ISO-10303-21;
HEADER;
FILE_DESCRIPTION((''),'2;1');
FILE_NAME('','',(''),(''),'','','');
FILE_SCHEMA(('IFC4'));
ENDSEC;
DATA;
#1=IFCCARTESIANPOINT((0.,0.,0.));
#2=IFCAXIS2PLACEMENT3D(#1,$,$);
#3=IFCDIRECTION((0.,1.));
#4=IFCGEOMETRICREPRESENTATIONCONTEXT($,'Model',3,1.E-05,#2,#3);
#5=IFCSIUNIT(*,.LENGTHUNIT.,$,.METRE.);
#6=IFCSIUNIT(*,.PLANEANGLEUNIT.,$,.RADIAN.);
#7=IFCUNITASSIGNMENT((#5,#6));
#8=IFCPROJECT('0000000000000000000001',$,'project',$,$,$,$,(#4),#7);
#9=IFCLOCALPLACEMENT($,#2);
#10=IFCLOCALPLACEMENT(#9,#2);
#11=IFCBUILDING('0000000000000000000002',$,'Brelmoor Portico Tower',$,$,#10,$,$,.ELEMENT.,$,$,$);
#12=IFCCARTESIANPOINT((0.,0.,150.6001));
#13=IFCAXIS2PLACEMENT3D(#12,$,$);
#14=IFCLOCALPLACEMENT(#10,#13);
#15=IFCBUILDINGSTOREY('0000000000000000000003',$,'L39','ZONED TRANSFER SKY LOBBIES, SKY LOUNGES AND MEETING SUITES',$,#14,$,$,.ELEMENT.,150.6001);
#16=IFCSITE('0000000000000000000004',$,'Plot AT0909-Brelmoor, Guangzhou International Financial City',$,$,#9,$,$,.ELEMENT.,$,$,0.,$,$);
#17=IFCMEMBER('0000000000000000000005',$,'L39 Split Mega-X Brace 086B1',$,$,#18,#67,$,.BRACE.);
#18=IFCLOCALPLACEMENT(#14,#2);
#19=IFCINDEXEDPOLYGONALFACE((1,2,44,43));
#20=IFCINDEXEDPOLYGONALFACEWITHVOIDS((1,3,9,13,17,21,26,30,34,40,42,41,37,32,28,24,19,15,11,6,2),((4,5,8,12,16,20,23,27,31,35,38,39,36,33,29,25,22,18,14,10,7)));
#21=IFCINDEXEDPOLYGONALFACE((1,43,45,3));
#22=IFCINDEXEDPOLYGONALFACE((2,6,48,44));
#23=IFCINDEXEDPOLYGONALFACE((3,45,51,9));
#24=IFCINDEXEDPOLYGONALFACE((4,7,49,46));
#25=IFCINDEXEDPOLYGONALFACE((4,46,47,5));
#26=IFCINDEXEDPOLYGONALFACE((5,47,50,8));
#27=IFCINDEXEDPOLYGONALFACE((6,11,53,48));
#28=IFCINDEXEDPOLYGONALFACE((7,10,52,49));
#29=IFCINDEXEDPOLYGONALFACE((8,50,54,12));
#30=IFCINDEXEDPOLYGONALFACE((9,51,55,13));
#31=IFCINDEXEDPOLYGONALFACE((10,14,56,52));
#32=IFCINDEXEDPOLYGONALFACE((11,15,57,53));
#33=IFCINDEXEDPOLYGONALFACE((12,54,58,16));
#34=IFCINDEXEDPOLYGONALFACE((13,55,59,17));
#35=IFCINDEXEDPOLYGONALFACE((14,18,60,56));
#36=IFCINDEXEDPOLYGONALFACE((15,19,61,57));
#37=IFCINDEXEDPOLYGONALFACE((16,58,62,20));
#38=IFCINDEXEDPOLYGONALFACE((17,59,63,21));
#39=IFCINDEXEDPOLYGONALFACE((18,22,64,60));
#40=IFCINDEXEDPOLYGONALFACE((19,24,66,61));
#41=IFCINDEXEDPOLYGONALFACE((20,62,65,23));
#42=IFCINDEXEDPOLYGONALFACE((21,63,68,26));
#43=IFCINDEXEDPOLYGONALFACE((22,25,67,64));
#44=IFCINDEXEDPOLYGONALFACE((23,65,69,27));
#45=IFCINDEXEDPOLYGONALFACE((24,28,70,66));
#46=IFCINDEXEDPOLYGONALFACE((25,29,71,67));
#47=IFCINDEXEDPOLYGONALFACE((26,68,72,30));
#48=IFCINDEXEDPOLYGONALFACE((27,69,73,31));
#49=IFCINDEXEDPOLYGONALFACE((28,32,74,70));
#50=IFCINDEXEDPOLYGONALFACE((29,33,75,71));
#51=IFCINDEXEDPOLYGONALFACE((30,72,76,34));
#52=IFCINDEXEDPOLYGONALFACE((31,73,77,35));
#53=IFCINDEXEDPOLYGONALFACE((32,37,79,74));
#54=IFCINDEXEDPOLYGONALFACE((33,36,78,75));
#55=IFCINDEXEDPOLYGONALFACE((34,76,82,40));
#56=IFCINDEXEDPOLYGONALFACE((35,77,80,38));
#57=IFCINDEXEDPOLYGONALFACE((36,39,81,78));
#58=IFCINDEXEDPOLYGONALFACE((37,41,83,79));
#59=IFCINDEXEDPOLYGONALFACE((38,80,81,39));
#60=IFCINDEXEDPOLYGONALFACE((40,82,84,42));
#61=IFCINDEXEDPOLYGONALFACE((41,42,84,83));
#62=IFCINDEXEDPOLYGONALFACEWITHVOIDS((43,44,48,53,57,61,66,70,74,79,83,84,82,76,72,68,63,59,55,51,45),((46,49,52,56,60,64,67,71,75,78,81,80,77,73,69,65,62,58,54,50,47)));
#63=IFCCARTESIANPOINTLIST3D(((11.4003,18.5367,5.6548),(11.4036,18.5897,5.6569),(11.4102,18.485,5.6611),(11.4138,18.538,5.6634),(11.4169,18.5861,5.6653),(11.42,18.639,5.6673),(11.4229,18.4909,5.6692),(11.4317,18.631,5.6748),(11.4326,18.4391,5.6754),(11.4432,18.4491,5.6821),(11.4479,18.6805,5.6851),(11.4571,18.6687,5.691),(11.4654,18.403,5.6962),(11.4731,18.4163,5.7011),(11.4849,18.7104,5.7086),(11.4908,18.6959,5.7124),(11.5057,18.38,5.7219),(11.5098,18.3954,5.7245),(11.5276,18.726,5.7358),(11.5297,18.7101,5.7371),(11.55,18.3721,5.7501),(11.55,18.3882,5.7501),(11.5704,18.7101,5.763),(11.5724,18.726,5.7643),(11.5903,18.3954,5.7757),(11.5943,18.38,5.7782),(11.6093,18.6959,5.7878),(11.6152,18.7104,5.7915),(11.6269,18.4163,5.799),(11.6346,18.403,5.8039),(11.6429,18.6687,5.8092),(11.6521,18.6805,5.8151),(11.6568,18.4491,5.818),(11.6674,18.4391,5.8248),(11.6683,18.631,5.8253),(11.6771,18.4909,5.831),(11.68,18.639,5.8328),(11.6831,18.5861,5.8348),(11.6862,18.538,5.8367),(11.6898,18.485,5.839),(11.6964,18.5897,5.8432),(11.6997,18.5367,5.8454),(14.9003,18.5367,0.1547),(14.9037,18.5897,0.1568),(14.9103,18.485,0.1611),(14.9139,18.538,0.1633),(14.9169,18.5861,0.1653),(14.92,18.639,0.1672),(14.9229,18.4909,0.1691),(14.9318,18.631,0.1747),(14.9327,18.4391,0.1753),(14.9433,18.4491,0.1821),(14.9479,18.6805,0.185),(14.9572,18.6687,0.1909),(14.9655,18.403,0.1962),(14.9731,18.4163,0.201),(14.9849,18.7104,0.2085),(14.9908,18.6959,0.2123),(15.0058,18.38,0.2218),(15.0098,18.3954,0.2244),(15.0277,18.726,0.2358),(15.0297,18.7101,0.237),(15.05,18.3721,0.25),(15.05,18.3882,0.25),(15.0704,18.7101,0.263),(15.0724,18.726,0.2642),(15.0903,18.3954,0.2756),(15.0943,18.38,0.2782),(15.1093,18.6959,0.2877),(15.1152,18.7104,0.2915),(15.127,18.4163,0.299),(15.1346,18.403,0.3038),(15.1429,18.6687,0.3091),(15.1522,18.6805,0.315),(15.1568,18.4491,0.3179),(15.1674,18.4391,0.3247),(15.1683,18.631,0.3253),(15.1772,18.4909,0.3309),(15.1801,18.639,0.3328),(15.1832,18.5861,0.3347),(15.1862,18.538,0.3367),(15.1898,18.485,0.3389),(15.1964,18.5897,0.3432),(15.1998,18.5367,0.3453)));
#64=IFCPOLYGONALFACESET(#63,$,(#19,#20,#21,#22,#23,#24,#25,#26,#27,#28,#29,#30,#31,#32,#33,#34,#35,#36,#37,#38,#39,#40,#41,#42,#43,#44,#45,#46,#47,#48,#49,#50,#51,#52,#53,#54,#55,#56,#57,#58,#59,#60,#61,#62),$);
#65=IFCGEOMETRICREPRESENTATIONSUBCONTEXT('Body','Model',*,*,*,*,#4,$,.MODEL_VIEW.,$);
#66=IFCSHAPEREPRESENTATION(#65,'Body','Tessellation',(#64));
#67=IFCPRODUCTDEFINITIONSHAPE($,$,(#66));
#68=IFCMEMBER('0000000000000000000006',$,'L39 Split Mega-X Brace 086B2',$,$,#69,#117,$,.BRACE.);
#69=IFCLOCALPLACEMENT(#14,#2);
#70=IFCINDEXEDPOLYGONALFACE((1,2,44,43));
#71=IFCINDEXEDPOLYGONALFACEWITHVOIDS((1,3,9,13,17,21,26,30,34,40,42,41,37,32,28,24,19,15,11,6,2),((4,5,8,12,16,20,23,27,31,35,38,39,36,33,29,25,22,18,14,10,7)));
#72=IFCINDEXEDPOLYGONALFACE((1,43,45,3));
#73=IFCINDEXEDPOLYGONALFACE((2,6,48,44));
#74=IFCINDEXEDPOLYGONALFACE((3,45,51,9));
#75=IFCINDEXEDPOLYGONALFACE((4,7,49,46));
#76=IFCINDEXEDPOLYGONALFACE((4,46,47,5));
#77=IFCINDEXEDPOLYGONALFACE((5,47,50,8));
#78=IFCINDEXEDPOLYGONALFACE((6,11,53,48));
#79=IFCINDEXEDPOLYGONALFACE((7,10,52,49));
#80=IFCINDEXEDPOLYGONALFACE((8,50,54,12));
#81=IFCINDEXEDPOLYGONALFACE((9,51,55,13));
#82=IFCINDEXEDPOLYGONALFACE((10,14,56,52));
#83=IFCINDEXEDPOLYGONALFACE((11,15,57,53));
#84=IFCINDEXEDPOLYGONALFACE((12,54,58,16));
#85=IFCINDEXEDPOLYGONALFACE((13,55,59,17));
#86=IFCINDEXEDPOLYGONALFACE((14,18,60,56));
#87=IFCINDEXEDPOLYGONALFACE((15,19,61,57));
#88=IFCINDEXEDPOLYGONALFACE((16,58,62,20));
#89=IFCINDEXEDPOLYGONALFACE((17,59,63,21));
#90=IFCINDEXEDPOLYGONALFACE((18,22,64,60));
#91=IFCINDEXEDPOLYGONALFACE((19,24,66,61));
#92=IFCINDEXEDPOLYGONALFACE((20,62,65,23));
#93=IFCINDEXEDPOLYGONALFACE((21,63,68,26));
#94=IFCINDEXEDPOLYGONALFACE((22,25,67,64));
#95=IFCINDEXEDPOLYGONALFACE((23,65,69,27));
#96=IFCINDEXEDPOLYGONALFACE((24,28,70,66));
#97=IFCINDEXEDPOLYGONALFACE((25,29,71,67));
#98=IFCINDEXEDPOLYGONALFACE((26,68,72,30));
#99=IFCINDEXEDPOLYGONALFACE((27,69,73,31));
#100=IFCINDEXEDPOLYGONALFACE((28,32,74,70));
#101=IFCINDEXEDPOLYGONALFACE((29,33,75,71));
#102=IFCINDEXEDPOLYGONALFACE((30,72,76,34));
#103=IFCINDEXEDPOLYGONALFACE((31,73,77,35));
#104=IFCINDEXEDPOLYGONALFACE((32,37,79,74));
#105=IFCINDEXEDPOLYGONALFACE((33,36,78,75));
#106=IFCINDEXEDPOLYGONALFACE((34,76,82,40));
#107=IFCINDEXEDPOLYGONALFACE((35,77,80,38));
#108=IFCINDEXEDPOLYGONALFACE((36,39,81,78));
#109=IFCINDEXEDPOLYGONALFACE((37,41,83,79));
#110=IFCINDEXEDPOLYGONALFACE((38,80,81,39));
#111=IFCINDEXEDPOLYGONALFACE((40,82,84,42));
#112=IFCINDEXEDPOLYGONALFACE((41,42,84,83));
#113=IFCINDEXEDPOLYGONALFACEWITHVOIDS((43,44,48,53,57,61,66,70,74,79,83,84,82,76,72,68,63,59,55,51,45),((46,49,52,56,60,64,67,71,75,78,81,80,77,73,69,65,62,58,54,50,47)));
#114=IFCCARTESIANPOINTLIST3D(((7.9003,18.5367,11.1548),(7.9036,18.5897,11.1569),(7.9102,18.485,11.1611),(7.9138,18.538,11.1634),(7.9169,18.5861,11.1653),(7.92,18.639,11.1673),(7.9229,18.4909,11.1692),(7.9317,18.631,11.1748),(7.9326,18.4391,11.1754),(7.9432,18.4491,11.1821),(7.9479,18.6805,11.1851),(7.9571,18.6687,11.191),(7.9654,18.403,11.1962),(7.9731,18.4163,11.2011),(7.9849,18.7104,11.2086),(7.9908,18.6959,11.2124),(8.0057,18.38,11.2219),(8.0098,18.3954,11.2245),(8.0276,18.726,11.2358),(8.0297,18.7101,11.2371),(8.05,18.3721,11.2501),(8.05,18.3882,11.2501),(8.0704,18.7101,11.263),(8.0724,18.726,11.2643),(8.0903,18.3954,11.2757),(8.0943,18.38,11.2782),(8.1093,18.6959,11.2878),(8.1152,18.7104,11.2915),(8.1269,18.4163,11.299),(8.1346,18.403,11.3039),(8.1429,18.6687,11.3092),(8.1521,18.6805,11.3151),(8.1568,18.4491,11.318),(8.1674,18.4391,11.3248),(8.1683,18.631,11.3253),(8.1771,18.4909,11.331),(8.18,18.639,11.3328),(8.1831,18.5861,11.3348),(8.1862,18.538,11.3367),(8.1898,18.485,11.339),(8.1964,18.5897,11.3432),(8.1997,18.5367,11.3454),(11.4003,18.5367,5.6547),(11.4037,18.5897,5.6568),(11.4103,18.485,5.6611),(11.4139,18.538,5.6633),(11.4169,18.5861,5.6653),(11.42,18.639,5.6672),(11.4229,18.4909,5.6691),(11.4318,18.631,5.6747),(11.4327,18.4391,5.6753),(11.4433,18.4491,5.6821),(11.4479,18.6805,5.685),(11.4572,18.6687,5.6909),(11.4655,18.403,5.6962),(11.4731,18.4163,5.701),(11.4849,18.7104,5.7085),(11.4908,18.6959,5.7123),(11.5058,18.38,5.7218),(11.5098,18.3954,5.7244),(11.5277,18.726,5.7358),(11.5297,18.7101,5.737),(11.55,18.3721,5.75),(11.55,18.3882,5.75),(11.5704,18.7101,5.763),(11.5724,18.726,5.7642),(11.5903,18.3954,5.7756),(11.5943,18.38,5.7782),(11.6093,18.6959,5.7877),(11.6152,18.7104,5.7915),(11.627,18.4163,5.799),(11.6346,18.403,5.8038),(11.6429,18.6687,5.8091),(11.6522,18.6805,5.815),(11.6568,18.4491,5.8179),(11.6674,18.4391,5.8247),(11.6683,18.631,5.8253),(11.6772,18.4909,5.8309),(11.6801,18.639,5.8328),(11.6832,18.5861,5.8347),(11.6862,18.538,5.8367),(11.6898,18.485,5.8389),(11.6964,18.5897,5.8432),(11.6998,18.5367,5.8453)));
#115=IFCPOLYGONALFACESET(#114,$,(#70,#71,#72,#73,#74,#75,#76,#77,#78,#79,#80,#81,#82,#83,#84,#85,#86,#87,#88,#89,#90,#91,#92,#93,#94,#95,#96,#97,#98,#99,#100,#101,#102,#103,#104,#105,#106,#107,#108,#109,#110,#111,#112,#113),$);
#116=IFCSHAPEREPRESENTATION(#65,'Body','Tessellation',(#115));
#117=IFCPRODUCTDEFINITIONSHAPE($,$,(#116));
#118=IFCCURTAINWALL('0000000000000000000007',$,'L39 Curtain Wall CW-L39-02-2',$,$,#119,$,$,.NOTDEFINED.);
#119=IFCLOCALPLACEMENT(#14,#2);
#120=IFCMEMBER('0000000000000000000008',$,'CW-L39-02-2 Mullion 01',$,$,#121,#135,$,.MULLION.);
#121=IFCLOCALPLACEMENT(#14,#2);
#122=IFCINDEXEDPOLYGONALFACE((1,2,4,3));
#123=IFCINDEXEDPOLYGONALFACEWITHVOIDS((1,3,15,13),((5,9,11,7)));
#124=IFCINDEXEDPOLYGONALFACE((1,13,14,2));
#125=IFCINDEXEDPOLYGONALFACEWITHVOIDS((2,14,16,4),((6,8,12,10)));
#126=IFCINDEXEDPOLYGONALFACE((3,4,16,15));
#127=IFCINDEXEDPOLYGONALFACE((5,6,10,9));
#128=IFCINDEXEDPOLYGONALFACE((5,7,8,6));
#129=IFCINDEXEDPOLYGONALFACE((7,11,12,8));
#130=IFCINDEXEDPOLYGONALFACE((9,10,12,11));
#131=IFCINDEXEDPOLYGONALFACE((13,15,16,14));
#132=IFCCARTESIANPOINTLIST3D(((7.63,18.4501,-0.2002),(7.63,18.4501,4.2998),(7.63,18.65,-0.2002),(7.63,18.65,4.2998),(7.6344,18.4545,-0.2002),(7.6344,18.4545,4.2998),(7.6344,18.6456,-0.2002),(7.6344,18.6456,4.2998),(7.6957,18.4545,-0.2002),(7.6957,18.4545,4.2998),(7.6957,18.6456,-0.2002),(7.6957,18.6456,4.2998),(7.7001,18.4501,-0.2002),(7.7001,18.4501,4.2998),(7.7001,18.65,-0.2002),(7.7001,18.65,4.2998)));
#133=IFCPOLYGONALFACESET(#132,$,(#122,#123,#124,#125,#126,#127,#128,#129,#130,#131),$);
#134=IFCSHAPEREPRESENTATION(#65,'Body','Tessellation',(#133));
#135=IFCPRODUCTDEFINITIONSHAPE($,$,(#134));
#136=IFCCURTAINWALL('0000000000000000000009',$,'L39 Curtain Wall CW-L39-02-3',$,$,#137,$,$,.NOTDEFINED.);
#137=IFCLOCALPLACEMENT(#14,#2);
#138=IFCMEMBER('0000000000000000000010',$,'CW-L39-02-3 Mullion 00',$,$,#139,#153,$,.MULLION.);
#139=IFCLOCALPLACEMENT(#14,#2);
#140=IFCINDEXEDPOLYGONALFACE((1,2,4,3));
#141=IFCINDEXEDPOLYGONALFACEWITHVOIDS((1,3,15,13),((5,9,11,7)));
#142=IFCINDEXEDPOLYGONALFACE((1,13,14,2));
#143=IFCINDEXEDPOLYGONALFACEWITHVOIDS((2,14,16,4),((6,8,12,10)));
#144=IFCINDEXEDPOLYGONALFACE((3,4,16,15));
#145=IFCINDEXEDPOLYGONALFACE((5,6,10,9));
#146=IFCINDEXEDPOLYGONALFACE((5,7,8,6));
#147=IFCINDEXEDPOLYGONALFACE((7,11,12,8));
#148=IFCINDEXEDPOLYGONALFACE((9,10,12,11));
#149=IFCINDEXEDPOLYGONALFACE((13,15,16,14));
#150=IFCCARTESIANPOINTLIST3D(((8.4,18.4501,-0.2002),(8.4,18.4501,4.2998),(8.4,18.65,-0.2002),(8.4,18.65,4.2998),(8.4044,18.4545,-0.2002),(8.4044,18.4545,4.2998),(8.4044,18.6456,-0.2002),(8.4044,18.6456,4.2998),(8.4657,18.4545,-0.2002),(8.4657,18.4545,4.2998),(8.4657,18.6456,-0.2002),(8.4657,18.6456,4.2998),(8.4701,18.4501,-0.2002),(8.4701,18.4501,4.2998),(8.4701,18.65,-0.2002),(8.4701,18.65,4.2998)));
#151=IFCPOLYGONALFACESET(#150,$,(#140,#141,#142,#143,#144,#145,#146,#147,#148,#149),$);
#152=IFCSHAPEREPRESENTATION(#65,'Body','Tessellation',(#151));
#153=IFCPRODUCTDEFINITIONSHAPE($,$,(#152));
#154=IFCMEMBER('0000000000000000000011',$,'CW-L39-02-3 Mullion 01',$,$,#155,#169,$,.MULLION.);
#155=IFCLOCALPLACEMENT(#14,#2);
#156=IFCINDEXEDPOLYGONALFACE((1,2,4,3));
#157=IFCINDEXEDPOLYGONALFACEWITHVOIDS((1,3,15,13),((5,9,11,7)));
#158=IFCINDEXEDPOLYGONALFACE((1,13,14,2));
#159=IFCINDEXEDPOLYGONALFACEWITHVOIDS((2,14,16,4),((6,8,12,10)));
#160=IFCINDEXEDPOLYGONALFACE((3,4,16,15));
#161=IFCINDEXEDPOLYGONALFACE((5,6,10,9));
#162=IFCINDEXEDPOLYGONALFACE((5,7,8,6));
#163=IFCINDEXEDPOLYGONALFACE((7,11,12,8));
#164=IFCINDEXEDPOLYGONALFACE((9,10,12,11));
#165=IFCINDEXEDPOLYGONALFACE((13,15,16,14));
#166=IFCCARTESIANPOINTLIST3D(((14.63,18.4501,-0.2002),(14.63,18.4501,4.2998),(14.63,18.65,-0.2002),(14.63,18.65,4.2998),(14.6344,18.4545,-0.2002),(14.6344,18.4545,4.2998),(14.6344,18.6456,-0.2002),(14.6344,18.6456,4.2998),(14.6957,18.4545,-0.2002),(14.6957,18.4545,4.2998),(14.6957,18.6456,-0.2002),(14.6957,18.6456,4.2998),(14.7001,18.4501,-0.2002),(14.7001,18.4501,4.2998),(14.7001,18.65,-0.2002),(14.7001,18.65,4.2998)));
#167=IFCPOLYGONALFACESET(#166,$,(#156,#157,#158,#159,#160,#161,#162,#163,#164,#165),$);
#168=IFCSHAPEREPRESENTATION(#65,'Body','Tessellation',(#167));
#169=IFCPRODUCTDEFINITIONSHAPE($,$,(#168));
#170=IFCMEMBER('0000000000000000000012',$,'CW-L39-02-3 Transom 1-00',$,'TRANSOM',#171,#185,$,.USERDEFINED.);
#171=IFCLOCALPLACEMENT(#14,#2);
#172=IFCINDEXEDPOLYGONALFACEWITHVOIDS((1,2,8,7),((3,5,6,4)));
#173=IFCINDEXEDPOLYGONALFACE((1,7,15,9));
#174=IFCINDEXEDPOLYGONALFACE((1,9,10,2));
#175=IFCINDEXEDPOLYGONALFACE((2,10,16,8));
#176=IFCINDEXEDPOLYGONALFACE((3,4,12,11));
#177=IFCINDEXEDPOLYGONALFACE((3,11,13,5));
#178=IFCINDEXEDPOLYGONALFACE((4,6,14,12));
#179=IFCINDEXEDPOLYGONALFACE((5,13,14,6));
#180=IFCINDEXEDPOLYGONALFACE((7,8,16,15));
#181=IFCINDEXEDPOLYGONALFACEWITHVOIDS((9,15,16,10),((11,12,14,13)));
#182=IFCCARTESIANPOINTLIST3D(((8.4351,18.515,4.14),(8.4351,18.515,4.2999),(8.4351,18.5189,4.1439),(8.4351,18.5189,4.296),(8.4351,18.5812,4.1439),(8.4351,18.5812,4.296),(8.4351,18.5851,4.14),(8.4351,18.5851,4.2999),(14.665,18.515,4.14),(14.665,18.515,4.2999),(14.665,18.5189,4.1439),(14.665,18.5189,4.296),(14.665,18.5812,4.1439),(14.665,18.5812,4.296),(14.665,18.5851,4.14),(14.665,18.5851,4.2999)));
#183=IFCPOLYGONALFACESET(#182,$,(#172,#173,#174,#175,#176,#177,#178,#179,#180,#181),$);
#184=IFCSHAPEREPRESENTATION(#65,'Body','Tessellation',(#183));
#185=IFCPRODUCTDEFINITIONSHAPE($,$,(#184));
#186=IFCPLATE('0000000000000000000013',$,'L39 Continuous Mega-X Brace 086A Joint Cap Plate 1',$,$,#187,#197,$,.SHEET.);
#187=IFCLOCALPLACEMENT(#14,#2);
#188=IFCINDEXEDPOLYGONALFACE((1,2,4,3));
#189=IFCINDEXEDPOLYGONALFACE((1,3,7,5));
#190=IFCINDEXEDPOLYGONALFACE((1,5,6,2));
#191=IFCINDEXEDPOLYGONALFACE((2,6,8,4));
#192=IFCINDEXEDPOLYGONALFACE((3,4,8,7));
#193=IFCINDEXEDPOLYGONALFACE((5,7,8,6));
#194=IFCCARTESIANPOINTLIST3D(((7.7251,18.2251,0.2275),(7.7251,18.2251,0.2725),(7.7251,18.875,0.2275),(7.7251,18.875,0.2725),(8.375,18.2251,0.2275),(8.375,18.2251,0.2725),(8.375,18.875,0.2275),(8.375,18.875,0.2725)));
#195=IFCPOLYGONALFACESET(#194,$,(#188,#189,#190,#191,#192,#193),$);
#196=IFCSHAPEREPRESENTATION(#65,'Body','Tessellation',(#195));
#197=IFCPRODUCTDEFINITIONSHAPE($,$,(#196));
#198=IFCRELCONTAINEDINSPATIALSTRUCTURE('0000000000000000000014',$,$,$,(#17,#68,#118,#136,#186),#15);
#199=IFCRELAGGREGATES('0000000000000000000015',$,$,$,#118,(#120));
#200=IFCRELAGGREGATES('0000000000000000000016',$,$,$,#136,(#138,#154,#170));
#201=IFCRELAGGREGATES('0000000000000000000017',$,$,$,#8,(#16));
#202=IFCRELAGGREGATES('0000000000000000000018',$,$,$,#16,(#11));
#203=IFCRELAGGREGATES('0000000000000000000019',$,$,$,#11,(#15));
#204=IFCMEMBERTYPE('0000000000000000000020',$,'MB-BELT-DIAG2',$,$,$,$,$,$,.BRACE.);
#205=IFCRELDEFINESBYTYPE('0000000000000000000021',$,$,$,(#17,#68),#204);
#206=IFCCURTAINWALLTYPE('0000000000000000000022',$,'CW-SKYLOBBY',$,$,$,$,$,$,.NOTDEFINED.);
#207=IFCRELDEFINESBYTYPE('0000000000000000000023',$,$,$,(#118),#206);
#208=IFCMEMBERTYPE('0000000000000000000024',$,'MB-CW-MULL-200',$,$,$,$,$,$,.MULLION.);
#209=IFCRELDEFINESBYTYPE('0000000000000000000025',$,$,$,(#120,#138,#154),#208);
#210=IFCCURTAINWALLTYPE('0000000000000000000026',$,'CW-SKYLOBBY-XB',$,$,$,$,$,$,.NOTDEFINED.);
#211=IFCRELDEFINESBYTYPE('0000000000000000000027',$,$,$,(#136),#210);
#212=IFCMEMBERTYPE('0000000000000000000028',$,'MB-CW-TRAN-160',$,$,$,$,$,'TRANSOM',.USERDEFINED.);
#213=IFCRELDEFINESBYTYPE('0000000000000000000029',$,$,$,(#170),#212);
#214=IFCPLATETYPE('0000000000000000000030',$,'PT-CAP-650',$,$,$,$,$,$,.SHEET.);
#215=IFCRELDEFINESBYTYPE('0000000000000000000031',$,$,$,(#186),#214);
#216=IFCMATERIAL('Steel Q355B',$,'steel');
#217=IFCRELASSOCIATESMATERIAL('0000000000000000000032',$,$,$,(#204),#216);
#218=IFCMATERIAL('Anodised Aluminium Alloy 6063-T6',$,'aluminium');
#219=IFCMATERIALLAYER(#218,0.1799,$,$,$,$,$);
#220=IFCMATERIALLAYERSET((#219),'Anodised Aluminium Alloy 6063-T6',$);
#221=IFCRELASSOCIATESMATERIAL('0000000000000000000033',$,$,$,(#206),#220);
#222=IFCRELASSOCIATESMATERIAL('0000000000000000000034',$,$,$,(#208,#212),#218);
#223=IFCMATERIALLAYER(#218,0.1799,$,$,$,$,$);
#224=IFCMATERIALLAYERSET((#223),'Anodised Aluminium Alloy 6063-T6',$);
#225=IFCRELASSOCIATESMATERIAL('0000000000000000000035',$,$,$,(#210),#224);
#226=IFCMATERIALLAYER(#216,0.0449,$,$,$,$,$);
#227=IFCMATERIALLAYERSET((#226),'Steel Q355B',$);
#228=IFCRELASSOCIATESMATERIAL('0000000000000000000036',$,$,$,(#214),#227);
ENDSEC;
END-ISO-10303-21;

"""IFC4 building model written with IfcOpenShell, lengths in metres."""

from ifc_helpers import new_model, si_unit, direction, frame, origin, origin_2d, place, context, subcontext, project, spatial, rectangle, hollow_rectangle, hollow_circle, extrude, material, layer, layer_set, material_profile, profile_set, type_object, element, aggregate, save


model = new_model("IFC4")

# Units and contexts
model_context = context("Model", 3, precision=1e-05, world=origin(), true_north=direction((0.0, 1.0)))
body_context = subcontext(model_context, "Body", "Model", "MODEL_VIEW")
ifc_project = project(units=[si_unit("LENGTHUNIT", "METRE"), si_unit("PLANEANGLEUNIT", "RADIAN")], contexts=[model_context])

# Site, building, storey
site_placement = place(None, origin())
site = spatial("IfcSite", under=ifc_project, at=site_placement, Name="Plot AT0909-Brelmoor, Guangzhou International Financial City", CompositionType="ELEMENT", RefElevation=0.0)
building_placement = place(site_placement, origin())
building = spatial("IfcBuilding", under=site, at=building_placement, Name="Brelmoor Portico Tower", CompositionType="ELEMENT")
storey_placement = place(building_placement, frame((0.0, 0.0, 150.6001)))
storey = spatial("IfcBuildingStorey", under=building, at=storey_placement, Name="L39", Description="ZONED TRANSFER SKY LOBBIES, SKY LOUNGES AND MEETING SUITES", CompositionType="ELEMENT", Elevation=150.6001)

# Shared definitions
ifc_material_1 = material(Name="Steel Q355B", Category="steel")

# Members
ifc_material_profile_1 = material_profile(ifc_material_1, hollow_circle(Radius=0.178, WallThickness=0.0161, at=origin_2d()), Name="CHS 356x16")
ifc_profile_set_1 = profile_set([ifc_material_profile_1], Name="Steel Q355B")
member_type_1 = type_object("IfcMemberType", Name="MB-BELT-DIAG2", PredefinedType="BRACE", material=ifc_profile_set_1)
for number, where, z_axis, x_axis, name in (
    (1, (15.05, 18.55, 0.25), (-0.536875, 0.0, 0.843661), (0.0, -1.0, 0.0), "L39 Split Mega-X Brace 086B1"),
    (2, (11.55, 18.55, 5.75), (-0.536875, 0.0, 0.843661), (0.0, -1.0, 0.0), "L39 Split Mega-X Brace 086B2"),
):
    element("IfcMember", number, at=place(storey_placement, frame(where, z_axis=z_axis, x_axis=x_axis)), inside=storey, type_object=member_type_1, Name=name, PredefinedType="BRACE", context=body_context, shape_type="SweptSolid", body=[
        extrude(hollow_circle(Radius=0.178, WallThickness=0.0161, at=origin_2d()), origin(), (0.0, 0.0, 1.0), 6.5193),
    ])

# Curtain wall, member
ifc_material_2 = material(Name="Anodised Aluminium Alloy 6063-T6", Category="aluminium")
ifc_layer_1 = layer(ifc_material_2, 0.1799)
ifc_layer_set_1 = layer_set([ifc_layer_1], Name="Anodised Aluminium Alloy 6063-T6")
curtain_wall_type_1 = type_object("IfcCurtainWallType", Name="CW-SKYLOBBY", PredefinedType="NOTDEFINED", material=ifc_layer_set_1)
curtain_wall_1_placement = place(storey_placement, origin())
curtain_wall_1 = element("IfcCurtainWall", 3, at=curtain_wall_1_placement, inside=storey, type_object=curtain_wall_type_1, Name="L39 Curtain Wall CW-L39-02-2", PredefinedType="NOTDEFINED")
ifc_material_profile_2 = material_profile(ifc_material_2, hollow_rectangle(XDim=0.0701, YDim=0.2, WallThickness=0.0044, at=origin_2d()), Name="ALU MULLION 70x200")
ifc_profile_set_2 = profile_set([ifc_material_profile_2], Name="Anodised Aluminium Alloy 6063-T6")
member_type_2 = type_object("IfcMemberType", Name="MB-CW-MULL-200", PredefinedType="MULLION", material=ifc_profile_set_2)
member_1_placement = place(storey_placement, frame((7.665, 18.55, -0.2002), z_axis=(0.0, 0.0, 1.0), x_axis=(1.0, 0.0, 0.0)))
member_1 = element("IfcMember", 4, at=member_1_placement, type_object=member_type_2, Name="CW-L39-02-2 Mullion 01", PredefinedType="MULLION", context=body_context, shape_type="SweptSolid", body=[
    extrude(hollow_rectangle(XDim=0.0701, YDim=0.2, WallThickness=0.0044, at=origin_2d()), origin(), (0.0, 0.0, 1.0), 4.5),
])
aggregate(curtain_wall_1, [member_1])

# Curtain wall, members
ifc_layer_2 = layer(ifc_material_2, 0.1799)
ifc_layer_set_2 = layer_set([ifc_layer_2], Name="Anodised Aluminium Alloy 6063-T6")
curtain_wall_type_2 = type_object("IfcCurtainWallType", Name="CW-SKYLOBBY-XB", PredefinedType="NOTDEFINED", material=ifc_layer_set_2)
curtain_wall_2_placement = place(storey_placement, origin())
curtain_wall_2 = element("IfcCurtainWall", 5, at=curtain_wall_2_placement, inside=storey, type_object=curtain_wall_type_2, Name="L39 Curtain Wall CW-L39-02-3", PredefinedType="NOTDEFINED")
member_2_placement = place(storey_placement, frame((8.4351, 18.55, -0.2002), z_axis=(0.0, 0.0, 1.0), x_axis=(1.0, 0.0, 0.0)))
member_2 = element("IfcMember", 6, at=member_2_placement, type_object=member_type_2, Name="CW-L39-02-3 Mullion 00", PredefinedType="MULLION", context=body_context, shape_type="SweptSolid", body=[
    extrude(hollow_rectangle(XDim=0.0701, YDim=0.2, WallThickness=0.0044, at=origin_2d()), origin(), (0.0, 0.0, 1.0), 4.5),
])
member_3_placement = place(storey_placement, frame((14.665, 18.55, -0.2002), z_axis=(0.0, 0.0, 1.0), x_axis=(1.0, 0.0, 0.0)))
member_3 = element("IfcMember", 7, at=member_3_placement, type_object=member_type_2, Name="CW-L39-02-3 Mullion 01", PredefinedType="MULLION", context=body_context, shape_type="SweptSolid", body=[
    extrude(hollow_rectangle(XDim=0.0701, YDim=0.2, WallThickness=0.0044, at=origin_2d()), origin(), (0.0, 0.0, 1.0), 4.5),
])
ifc_material_profile_3 = material_profile(ifc_material_2, hollow_rectangle(XDim=0.0701, YDim=0.1599, WallThickness=0.0039, at=origin_2d()), Name="ALU TRANSOM 70x160")
ifc_profile_set_3 = profile_set([ifc_material_profile_3], Name="Anodised Aluminium Alloy 6063-T6")
member_type_3 = type_object("IfcMemberType", Name="MB-CW-TRAN-160", ElementType="TRANSOM", PredefinedType="USERDEFINED", material=ifc_profile_set_3)
member_4_placement = place(storey_placement, frame((8.4351, 18.55, 4.22), z_axis=(1.0, 0.0, 0.0), x_axis=(0.0, 1.0, 0.0)))
member_4 = element("IfcMember", 8, at=member_4_placement, type_object=member_type_3, Name="CW-L39-02-3 Transom 1-00", ObjectType="TRANSOM", PredefinedType="USERDEFINED", context=body_context, shape_type="SweptSolid", body=[
    extrude(hollow_rectangle(XDim=0.0701, YDim=0.1599, WallThickness=0.0039, at=origin_2d()), origin(), (0.0, 0.0, 1.0), 6.23),
])

# Plate
ifc_layer_3 = layer(ifc_material_1, 0.0449)
ifc_layer_set_3 = layer_set([ifc_layer_3], Name="Steel Q355B")
plate_type_1 = type_object("IfcPlateType", Name="PT-CAP-650", PredefinedType="SHEET", material=ifc_layer_set_3)
for number, where, z_axis, x_axis, name in (
    (9, (8.05, 18.55, 0.2275), (0.0, 0.0, 1.0), (1.0, 0.0, 0.0), "L39 Continuous Mega-X Brace 086A Joint Cap Plate 1"),
):
    element("IfcPlate", number, at=place(storey_placement, frame(where, z_axis=z_axis, x_axis=x_axis)), inside=storey, type_object=plate_type_1, Name=name, PredefinedType="SHEET", context=body_context, shape_type="SweptSolid", body=[
        extrude(rectangle(XDim=0.6499, YDim=0.6499, at=origin_2d()), origin(), (0.0, 0.0, 1.0), 0.0449),
    ])

aggregate(curtain_wall_2, [member_2, member_3, member_4])

save(model, "model.ifc")
